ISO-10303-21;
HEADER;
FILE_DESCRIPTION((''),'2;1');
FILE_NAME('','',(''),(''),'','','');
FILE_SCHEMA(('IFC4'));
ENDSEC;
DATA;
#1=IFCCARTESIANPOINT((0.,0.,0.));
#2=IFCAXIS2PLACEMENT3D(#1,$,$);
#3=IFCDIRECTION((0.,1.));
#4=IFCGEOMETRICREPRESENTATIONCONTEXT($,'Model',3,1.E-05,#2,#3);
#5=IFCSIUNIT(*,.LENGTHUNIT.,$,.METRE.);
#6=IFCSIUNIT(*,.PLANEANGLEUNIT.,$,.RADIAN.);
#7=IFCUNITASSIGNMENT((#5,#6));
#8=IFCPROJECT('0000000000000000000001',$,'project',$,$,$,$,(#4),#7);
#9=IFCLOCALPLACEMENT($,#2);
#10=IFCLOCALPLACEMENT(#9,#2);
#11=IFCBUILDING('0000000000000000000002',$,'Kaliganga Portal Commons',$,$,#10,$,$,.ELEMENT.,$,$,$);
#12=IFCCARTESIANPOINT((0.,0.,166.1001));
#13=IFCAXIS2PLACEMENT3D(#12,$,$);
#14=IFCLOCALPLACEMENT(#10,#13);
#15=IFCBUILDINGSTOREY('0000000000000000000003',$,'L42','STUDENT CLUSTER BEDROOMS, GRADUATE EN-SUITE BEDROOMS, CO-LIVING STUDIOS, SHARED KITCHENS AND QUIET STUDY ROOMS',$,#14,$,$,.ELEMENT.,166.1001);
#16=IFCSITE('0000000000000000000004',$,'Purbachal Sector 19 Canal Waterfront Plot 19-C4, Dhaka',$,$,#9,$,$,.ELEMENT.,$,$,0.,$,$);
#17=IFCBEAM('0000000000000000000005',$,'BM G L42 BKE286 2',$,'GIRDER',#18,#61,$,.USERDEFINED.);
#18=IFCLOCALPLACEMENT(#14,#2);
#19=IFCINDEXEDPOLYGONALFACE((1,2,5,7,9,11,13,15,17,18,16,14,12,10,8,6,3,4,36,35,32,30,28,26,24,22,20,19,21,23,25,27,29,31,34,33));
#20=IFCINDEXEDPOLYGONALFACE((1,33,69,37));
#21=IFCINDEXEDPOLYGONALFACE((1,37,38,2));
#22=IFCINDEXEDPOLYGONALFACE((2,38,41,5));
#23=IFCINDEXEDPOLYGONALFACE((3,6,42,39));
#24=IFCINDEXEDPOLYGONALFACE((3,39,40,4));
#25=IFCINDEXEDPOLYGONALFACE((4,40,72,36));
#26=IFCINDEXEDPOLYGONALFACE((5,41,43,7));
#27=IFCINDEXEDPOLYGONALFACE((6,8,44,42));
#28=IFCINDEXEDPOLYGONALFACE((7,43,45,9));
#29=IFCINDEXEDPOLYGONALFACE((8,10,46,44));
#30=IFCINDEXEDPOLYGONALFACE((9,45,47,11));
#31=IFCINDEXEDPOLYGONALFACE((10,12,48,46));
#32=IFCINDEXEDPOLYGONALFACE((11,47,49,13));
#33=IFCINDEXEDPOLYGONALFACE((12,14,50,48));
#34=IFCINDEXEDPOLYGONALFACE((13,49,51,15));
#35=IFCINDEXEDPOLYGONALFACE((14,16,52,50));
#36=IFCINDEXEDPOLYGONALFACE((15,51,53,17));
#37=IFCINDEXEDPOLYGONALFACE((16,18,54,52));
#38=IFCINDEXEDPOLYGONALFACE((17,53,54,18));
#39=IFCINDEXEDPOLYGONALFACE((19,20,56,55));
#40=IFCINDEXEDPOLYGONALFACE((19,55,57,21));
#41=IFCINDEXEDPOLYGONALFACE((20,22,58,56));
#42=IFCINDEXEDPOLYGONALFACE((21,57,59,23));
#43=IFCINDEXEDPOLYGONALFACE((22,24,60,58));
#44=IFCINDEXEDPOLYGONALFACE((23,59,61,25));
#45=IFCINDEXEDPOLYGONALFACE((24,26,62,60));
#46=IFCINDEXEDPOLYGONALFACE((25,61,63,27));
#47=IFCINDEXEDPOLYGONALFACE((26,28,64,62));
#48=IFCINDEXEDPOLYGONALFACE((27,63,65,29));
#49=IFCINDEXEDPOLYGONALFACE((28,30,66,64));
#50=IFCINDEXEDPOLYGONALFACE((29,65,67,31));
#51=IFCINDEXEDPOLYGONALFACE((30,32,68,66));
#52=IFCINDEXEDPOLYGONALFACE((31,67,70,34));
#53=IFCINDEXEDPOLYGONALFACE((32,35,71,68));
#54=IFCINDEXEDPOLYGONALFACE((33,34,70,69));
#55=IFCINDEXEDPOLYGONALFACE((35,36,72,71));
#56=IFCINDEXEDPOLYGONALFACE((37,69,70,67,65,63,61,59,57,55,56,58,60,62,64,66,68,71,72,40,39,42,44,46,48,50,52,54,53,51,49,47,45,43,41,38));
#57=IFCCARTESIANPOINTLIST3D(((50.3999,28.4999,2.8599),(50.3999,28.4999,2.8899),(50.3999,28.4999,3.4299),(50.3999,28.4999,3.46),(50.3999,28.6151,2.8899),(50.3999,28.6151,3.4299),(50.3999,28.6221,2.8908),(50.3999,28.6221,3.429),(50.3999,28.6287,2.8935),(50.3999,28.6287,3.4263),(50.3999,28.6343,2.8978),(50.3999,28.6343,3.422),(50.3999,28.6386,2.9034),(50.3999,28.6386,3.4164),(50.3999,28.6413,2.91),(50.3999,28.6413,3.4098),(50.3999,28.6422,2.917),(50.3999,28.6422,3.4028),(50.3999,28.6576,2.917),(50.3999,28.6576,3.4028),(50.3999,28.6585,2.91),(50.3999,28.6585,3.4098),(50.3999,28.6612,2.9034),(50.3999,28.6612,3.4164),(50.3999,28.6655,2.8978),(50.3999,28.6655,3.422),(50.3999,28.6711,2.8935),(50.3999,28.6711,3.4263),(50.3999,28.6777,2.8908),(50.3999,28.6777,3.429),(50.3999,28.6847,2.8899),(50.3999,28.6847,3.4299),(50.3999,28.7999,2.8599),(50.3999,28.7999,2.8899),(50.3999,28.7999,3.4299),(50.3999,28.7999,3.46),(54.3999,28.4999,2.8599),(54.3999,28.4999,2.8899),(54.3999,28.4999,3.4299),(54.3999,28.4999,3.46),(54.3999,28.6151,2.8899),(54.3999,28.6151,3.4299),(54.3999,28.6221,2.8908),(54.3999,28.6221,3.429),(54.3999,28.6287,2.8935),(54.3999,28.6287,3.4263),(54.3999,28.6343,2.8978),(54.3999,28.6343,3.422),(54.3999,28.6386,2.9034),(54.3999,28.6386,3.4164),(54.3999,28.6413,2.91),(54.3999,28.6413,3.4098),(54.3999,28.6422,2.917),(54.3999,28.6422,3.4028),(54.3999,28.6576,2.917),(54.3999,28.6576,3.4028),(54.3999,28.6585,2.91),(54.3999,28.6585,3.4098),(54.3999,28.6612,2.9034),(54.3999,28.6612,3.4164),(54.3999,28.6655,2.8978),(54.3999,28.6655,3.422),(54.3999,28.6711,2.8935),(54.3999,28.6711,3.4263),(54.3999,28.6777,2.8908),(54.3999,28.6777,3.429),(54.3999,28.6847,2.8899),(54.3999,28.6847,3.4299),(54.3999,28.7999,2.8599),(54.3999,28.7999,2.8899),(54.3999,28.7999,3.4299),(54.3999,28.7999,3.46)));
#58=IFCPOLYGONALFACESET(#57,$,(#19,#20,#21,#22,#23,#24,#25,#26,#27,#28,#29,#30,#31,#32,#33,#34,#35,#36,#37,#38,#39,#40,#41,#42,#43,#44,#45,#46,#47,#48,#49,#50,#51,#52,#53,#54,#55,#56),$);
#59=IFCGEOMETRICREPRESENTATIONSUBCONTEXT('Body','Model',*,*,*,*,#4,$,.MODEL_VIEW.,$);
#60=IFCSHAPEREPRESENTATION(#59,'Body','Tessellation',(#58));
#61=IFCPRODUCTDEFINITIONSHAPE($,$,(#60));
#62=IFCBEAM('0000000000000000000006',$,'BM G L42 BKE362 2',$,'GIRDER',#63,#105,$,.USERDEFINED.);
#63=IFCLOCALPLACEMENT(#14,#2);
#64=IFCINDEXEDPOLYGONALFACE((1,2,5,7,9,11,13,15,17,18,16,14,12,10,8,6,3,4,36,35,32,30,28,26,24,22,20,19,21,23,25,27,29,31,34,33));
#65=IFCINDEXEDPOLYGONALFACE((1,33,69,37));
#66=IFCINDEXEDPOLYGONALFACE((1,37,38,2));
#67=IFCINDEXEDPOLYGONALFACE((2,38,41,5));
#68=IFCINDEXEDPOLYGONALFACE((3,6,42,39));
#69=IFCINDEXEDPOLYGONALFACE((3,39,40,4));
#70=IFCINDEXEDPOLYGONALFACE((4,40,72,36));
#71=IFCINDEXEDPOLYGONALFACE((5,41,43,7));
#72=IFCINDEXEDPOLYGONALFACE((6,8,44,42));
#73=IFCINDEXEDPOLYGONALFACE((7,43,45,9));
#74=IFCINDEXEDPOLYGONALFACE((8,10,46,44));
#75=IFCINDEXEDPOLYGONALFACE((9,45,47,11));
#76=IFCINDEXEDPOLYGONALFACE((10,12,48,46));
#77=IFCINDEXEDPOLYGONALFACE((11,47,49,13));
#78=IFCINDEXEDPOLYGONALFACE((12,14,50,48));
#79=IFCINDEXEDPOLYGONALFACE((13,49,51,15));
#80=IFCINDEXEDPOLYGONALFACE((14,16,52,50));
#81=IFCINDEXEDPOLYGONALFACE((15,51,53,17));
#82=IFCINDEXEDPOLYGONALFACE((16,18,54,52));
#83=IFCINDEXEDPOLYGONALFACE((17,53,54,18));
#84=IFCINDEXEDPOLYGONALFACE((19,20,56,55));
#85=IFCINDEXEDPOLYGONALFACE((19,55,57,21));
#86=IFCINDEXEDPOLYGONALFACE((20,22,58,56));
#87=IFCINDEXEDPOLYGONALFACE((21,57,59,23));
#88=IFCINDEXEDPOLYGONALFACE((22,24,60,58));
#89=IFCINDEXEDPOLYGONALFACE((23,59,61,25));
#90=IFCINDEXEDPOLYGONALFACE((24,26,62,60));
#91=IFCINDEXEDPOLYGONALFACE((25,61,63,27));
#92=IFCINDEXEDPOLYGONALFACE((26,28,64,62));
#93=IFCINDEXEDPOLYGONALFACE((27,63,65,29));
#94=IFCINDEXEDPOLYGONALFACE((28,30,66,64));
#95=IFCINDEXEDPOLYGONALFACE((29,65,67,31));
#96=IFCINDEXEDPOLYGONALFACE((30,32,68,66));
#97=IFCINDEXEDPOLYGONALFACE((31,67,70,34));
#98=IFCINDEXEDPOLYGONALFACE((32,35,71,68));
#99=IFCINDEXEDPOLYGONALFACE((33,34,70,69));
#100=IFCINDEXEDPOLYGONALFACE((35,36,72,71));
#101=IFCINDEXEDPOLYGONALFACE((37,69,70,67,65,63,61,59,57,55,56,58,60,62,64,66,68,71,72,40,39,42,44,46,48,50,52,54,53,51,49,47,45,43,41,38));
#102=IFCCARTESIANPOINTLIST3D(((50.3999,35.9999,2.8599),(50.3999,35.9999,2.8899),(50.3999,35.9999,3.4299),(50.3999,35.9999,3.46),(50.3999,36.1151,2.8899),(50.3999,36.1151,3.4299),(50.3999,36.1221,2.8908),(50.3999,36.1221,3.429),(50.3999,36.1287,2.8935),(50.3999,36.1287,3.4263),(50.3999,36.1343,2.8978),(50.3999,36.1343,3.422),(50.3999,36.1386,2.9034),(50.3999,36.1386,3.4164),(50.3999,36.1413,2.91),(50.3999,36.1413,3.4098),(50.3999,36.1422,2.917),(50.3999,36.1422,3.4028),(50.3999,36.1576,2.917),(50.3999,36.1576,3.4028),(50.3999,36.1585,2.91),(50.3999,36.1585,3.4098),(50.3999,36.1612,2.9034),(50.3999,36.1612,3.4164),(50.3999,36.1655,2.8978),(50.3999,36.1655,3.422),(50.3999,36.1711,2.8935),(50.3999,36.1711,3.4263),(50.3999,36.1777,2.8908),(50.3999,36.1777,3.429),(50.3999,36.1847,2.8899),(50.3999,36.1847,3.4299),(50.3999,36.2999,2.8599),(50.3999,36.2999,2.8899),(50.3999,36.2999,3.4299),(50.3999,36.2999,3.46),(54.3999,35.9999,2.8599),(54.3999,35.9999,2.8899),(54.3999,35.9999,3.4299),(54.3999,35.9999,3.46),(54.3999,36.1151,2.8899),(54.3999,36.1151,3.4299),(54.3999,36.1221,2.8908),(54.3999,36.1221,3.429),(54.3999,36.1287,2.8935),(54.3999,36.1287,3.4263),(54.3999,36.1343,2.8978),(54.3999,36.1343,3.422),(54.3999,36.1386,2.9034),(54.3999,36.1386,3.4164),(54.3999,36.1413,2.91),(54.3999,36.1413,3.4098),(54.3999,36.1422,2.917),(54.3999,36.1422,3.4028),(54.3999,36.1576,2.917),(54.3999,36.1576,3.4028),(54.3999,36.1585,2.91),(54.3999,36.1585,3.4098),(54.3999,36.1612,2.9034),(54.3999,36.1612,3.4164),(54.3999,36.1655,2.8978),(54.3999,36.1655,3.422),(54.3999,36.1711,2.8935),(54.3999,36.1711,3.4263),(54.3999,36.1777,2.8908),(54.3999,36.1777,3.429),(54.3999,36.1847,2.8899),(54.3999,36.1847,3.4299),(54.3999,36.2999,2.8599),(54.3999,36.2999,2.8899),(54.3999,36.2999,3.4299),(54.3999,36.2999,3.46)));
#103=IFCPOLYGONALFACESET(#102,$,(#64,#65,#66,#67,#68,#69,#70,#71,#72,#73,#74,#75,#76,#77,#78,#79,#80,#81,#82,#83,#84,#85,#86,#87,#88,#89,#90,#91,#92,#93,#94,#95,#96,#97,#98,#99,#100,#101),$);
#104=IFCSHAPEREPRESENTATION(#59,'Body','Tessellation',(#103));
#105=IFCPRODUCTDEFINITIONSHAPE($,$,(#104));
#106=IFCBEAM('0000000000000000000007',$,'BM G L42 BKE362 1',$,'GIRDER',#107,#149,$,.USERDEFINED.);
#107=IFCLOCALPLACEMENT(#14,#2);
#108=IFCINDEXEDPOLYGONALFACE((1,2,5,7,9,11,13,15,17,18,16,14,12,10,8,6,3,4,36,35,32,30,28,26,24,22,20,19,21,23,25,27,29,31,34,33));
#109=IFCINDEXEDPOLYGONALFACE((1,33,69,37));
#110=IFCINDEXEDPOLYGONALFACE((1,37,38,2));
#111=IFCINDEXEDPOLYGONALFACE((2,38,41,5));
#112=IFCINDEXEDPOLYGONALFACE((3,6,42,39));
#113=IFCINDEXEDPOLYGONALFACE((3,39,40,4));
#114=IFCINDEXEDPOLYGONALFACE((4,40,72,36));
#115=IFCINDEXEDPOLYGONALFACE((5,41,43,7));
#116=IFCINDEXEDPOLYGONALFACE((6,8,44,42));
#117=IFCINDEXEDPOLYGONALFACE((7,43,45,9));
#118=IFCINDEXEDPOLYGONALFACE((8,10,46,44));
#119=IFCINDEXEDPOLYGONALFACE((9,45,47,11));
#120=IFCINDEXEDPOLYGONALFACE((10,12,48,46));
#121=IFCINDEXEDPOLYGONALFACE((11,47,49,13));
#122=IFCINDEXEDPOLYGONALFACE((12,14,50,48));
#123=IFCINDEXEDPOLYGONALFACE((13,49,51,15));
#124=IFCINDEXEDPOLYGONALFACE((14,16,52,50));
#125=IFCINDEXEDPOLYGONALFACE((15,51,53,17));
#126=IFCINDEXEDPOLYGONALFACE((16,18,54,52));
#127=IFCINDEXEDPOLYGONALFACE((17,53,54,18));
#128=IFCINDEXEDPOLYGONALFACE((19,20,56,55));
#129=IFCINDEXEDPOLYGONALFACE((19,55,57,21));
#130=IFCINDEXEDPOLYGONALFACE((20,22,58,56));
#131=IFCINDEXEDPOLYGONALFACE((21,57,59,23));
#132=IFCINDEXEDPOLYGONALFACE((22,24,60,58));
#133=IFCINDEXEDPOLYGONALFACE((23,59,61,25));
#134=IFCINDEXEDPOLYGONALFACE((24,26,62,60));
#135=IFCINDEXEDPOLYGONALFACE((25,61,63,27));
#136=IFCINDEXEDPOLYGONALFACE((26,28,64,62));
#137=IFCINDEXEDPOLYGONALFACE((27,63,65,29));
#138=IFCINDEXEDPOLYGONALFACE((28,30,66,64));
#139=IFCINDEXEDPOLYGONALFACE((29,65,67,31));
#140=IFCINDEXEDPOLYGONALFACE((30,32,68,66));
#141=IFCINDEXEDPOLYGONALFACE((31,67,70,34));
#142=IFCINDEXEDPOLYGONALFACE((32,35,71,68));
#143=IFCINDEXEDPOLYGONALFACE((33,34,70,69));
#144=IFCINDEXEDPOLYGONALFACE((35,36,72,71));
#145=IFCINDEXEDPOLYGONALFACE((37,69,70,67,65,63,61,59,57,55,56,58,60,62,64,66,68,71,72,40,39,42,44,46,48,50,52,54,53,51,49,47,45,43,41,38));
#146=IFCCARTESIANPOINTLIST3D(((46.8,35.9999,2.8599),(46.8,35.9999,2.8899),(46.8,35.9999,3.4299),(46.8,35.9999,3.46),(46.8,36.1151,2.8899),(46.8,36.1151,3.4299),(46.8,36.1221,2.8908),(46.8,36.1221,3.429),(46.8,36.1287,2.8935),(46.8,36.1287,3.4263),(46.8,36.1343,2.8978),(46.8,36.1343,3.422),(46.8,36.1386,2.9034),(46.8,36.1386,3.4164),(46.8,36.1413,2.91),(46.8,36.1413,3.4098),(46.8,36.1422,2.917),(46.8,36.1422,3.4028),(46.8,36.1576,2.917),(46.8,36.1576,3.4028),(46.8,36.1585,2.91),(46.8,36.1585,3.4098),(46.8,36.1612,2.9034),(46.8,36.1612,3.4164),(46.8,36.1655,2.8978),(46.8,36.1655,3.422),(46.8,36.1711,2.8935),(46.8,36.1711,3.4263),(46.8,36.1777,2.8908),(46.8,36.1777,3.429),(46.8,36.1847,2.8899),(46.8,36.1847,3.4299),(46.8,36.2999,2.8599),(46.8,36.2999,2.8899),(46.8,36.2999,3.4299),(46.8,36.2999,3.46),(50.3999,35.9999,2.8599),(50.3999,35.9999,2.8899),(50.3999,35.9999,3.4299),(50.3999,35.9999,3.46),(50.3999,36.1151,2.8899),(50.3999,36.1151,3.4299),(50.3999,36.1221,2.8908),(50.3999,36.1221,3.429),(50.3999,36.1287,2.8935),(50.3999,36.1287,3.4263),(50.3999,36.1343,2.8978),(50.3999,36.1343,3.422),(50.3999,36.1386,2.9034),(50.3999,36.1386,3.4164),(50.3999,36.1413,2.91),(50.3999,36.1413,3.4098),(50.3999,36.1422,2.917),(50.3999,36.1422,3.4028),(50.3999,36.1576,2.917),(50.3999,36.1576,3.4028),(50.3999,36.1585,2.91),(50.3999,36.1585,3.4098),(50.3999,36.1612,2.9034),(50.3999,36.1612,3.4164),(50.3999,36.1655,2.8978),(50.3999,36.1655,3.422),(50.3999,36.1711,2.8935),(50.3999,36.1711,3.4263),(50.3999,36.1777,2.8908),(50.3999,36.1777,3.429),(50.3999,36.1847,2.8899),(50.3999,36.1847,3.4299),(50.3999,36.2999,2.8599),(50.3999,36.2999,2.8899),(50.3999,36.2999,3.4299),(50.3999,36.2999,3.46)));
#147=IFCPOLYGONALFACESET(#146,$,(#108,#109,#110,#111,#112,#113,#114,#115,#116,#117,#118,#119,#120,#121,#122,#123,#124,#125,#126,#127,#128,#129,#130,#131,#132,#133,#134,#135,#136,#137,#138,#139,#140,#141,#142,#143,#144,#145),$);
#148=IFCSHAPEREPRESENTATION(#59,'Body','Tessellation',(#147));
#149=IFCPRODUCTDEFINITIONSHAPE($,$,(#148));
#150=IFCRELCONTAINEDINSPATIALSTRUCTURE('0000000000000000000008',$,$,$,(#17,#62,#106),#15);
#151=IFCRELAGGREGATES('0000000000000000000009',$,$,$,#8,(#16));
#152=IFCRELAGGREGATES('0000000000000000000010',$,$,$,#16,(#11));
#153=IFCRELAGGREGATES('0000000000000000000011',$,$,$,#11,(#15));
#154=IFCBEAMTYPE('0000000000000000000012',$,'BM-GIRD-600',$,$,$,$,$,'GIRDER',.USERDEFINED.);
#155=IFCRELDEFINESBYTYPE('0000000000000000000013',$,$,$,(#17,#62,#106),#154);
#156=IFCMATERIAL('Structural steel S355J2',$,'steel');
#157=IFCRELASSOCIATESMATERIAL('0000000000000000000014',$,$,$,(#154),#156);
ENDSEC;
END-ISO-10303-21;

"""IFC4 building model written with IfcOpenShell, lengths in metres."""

from ifc_helpers import new_model, si_unit, direction, frame, origin, origin_2d, place, context, subcontext, project, spatial, i_section, extrude, source, transform, mapped, material, material_profile, profile_set, type_object, element, save


model = new_model("IFC4")

# Units and contexts
model_context = context("Model", 3, precision=1e-05, world=origin(), true_north=direction((0.0, 1.0)))
body_context = subcontext(model_context, "Body", "Model", "MODEL_VIEW")
ifc_project = project(units=[si_unit("LENGTHUNIT", "METRE"), si_unit("PLANEANGLEUNIT", "RADIAN")], contexts=[model_context])

# Site, building, storey
site_placement = place(None, origin())
site = spatial("IfcSite", under=ifc_project, at=site_placement, Name="Purbachal Sector 19 Canal Waterfront Plot 19-C4, Dhaka", CompositionType="ELEMENT", RefElevation=0.0)
building_placement = place(site_placement, origin())
building = spatial("IfcBuilding", under=site, at=building_placement, Name="Kaliganga Portal Commons", CompositionType="ELEMENT")
storey_placement = place(building_placement, frame((0.0, 0.0, 166.1001)))
storey = spatial("IfcBuildingStorey", under=building, at=storey_placement, Name="L42", Description="STUDENT CLUSTER BEDROOMS, GRADUATE EN-SUITE BEDROOMS, CO-LIVING STUDIOS, SHARED KITCHENS AND QUIET STUDY ROOMS", CompositionType="ELEMENT", Elevation=166.1001)

# Beams
ifc_material_1 = material(Name="Structural steel S355J2", Category="steel")
ifc_material_profile_1 = material_profile(ifc_material_1, i_section(OverallWidth=0.3, OverallDepth=0.6001, WebThickness=0.0154, FlangeThickness=0.03, FilletRadius=0.0271, at=origin_2d()), Name="HE 600 B")
ifc_profile_set_1 = profile_set([ifc_material_profile_1], Name="Structural steel S355J2 wide-flange")
beam_type_1 = type_object("IfcBeamType", Name="BM-GIRD-600", ElementType="GIRDER", PredefinedType="USERDEFINED", material=ifc_profile_set_1)
shared_shape_1 = source(origin(), body_context, "Body", "SweptSolid", [
    extrude(i_section(OverallWidth=0.3, OverallDepth=0.6001, WebThickness=0.0154, FlangeThickness=0.03, FilletRadius=0.0271, at=origin_2d()), origin(), (0.0, 0.0, 1.0), 4.0),
])
for number, where, z_axis, x_axis, name in (
    (1, (50.3999, 28.6499, 3.1599), (1.0, 0.0, 0.0), (0.0, 1.0, 0.0), "BM G L42 BKE286 2"),
    (2, (50.3999, 36.1499, 3.1599), (1.0, 0.0, 0.0), (0.0, 1.0, 0.0), "BM G L42 BKE362 2"),
):
    element("IfcBeam", number, at=place(storey_placement, frame(where, z_axis=z_axis, x_axis=x_axis)), inside=storey, type_object=beam_type_1, Name=name, ObjectType="GIRDER", PredefinedType="USERDEFINED", context=body_context, shape_type="MappedRepresentation", body=[
        mapped(shared_shape_1, transform((0.0, 0.0, 0.0), x_axis=(1.0, 0.0, 0.0), y_axis=(0.0, 1.0, 0.0), z_axis=(0.0, 0.0, 1.0), scale=1.0)),
    ])
shared_shape_2 = source(origin(), body_context, "Body", "SweptSolid", [
    extrude(i_section(OverallWidth=0.3, OverallDepth=0.6001, WebThickness=0.0154, FlangeThickness=0.03, FilletRadius=0.0271, at=origin_2d()), origin(), (0.0, 0.0, 1.0), 3.5999),
])
beam_1_placement = place(storey_placement, frame((46.8, 36.1499, 3.1599), z_axis=(1.0, 0.0, 0.0), x_axis=(0.0, 1.0, 0.0)))
element("IfcBeam", 3, at=beam_1_placement, inside=storey, type_object=beam_type_1, Name="BM G L42 BKE362 1", ObjectType="GIRDER", PredefinedType="USERDEFINED", context=body_context, shape_type="MappedRepresentation", body=[
    mapped(shared_shape_2, transform((0.0, 0.0, 0.0), x_axis=(1.0, 0.0, 0.0), y_axis=(0.0, 1.0, 0.0), z_axis=(0.0, 0.0, 1.0), scale=1.0)),
])

save(model, "model.ifc")
